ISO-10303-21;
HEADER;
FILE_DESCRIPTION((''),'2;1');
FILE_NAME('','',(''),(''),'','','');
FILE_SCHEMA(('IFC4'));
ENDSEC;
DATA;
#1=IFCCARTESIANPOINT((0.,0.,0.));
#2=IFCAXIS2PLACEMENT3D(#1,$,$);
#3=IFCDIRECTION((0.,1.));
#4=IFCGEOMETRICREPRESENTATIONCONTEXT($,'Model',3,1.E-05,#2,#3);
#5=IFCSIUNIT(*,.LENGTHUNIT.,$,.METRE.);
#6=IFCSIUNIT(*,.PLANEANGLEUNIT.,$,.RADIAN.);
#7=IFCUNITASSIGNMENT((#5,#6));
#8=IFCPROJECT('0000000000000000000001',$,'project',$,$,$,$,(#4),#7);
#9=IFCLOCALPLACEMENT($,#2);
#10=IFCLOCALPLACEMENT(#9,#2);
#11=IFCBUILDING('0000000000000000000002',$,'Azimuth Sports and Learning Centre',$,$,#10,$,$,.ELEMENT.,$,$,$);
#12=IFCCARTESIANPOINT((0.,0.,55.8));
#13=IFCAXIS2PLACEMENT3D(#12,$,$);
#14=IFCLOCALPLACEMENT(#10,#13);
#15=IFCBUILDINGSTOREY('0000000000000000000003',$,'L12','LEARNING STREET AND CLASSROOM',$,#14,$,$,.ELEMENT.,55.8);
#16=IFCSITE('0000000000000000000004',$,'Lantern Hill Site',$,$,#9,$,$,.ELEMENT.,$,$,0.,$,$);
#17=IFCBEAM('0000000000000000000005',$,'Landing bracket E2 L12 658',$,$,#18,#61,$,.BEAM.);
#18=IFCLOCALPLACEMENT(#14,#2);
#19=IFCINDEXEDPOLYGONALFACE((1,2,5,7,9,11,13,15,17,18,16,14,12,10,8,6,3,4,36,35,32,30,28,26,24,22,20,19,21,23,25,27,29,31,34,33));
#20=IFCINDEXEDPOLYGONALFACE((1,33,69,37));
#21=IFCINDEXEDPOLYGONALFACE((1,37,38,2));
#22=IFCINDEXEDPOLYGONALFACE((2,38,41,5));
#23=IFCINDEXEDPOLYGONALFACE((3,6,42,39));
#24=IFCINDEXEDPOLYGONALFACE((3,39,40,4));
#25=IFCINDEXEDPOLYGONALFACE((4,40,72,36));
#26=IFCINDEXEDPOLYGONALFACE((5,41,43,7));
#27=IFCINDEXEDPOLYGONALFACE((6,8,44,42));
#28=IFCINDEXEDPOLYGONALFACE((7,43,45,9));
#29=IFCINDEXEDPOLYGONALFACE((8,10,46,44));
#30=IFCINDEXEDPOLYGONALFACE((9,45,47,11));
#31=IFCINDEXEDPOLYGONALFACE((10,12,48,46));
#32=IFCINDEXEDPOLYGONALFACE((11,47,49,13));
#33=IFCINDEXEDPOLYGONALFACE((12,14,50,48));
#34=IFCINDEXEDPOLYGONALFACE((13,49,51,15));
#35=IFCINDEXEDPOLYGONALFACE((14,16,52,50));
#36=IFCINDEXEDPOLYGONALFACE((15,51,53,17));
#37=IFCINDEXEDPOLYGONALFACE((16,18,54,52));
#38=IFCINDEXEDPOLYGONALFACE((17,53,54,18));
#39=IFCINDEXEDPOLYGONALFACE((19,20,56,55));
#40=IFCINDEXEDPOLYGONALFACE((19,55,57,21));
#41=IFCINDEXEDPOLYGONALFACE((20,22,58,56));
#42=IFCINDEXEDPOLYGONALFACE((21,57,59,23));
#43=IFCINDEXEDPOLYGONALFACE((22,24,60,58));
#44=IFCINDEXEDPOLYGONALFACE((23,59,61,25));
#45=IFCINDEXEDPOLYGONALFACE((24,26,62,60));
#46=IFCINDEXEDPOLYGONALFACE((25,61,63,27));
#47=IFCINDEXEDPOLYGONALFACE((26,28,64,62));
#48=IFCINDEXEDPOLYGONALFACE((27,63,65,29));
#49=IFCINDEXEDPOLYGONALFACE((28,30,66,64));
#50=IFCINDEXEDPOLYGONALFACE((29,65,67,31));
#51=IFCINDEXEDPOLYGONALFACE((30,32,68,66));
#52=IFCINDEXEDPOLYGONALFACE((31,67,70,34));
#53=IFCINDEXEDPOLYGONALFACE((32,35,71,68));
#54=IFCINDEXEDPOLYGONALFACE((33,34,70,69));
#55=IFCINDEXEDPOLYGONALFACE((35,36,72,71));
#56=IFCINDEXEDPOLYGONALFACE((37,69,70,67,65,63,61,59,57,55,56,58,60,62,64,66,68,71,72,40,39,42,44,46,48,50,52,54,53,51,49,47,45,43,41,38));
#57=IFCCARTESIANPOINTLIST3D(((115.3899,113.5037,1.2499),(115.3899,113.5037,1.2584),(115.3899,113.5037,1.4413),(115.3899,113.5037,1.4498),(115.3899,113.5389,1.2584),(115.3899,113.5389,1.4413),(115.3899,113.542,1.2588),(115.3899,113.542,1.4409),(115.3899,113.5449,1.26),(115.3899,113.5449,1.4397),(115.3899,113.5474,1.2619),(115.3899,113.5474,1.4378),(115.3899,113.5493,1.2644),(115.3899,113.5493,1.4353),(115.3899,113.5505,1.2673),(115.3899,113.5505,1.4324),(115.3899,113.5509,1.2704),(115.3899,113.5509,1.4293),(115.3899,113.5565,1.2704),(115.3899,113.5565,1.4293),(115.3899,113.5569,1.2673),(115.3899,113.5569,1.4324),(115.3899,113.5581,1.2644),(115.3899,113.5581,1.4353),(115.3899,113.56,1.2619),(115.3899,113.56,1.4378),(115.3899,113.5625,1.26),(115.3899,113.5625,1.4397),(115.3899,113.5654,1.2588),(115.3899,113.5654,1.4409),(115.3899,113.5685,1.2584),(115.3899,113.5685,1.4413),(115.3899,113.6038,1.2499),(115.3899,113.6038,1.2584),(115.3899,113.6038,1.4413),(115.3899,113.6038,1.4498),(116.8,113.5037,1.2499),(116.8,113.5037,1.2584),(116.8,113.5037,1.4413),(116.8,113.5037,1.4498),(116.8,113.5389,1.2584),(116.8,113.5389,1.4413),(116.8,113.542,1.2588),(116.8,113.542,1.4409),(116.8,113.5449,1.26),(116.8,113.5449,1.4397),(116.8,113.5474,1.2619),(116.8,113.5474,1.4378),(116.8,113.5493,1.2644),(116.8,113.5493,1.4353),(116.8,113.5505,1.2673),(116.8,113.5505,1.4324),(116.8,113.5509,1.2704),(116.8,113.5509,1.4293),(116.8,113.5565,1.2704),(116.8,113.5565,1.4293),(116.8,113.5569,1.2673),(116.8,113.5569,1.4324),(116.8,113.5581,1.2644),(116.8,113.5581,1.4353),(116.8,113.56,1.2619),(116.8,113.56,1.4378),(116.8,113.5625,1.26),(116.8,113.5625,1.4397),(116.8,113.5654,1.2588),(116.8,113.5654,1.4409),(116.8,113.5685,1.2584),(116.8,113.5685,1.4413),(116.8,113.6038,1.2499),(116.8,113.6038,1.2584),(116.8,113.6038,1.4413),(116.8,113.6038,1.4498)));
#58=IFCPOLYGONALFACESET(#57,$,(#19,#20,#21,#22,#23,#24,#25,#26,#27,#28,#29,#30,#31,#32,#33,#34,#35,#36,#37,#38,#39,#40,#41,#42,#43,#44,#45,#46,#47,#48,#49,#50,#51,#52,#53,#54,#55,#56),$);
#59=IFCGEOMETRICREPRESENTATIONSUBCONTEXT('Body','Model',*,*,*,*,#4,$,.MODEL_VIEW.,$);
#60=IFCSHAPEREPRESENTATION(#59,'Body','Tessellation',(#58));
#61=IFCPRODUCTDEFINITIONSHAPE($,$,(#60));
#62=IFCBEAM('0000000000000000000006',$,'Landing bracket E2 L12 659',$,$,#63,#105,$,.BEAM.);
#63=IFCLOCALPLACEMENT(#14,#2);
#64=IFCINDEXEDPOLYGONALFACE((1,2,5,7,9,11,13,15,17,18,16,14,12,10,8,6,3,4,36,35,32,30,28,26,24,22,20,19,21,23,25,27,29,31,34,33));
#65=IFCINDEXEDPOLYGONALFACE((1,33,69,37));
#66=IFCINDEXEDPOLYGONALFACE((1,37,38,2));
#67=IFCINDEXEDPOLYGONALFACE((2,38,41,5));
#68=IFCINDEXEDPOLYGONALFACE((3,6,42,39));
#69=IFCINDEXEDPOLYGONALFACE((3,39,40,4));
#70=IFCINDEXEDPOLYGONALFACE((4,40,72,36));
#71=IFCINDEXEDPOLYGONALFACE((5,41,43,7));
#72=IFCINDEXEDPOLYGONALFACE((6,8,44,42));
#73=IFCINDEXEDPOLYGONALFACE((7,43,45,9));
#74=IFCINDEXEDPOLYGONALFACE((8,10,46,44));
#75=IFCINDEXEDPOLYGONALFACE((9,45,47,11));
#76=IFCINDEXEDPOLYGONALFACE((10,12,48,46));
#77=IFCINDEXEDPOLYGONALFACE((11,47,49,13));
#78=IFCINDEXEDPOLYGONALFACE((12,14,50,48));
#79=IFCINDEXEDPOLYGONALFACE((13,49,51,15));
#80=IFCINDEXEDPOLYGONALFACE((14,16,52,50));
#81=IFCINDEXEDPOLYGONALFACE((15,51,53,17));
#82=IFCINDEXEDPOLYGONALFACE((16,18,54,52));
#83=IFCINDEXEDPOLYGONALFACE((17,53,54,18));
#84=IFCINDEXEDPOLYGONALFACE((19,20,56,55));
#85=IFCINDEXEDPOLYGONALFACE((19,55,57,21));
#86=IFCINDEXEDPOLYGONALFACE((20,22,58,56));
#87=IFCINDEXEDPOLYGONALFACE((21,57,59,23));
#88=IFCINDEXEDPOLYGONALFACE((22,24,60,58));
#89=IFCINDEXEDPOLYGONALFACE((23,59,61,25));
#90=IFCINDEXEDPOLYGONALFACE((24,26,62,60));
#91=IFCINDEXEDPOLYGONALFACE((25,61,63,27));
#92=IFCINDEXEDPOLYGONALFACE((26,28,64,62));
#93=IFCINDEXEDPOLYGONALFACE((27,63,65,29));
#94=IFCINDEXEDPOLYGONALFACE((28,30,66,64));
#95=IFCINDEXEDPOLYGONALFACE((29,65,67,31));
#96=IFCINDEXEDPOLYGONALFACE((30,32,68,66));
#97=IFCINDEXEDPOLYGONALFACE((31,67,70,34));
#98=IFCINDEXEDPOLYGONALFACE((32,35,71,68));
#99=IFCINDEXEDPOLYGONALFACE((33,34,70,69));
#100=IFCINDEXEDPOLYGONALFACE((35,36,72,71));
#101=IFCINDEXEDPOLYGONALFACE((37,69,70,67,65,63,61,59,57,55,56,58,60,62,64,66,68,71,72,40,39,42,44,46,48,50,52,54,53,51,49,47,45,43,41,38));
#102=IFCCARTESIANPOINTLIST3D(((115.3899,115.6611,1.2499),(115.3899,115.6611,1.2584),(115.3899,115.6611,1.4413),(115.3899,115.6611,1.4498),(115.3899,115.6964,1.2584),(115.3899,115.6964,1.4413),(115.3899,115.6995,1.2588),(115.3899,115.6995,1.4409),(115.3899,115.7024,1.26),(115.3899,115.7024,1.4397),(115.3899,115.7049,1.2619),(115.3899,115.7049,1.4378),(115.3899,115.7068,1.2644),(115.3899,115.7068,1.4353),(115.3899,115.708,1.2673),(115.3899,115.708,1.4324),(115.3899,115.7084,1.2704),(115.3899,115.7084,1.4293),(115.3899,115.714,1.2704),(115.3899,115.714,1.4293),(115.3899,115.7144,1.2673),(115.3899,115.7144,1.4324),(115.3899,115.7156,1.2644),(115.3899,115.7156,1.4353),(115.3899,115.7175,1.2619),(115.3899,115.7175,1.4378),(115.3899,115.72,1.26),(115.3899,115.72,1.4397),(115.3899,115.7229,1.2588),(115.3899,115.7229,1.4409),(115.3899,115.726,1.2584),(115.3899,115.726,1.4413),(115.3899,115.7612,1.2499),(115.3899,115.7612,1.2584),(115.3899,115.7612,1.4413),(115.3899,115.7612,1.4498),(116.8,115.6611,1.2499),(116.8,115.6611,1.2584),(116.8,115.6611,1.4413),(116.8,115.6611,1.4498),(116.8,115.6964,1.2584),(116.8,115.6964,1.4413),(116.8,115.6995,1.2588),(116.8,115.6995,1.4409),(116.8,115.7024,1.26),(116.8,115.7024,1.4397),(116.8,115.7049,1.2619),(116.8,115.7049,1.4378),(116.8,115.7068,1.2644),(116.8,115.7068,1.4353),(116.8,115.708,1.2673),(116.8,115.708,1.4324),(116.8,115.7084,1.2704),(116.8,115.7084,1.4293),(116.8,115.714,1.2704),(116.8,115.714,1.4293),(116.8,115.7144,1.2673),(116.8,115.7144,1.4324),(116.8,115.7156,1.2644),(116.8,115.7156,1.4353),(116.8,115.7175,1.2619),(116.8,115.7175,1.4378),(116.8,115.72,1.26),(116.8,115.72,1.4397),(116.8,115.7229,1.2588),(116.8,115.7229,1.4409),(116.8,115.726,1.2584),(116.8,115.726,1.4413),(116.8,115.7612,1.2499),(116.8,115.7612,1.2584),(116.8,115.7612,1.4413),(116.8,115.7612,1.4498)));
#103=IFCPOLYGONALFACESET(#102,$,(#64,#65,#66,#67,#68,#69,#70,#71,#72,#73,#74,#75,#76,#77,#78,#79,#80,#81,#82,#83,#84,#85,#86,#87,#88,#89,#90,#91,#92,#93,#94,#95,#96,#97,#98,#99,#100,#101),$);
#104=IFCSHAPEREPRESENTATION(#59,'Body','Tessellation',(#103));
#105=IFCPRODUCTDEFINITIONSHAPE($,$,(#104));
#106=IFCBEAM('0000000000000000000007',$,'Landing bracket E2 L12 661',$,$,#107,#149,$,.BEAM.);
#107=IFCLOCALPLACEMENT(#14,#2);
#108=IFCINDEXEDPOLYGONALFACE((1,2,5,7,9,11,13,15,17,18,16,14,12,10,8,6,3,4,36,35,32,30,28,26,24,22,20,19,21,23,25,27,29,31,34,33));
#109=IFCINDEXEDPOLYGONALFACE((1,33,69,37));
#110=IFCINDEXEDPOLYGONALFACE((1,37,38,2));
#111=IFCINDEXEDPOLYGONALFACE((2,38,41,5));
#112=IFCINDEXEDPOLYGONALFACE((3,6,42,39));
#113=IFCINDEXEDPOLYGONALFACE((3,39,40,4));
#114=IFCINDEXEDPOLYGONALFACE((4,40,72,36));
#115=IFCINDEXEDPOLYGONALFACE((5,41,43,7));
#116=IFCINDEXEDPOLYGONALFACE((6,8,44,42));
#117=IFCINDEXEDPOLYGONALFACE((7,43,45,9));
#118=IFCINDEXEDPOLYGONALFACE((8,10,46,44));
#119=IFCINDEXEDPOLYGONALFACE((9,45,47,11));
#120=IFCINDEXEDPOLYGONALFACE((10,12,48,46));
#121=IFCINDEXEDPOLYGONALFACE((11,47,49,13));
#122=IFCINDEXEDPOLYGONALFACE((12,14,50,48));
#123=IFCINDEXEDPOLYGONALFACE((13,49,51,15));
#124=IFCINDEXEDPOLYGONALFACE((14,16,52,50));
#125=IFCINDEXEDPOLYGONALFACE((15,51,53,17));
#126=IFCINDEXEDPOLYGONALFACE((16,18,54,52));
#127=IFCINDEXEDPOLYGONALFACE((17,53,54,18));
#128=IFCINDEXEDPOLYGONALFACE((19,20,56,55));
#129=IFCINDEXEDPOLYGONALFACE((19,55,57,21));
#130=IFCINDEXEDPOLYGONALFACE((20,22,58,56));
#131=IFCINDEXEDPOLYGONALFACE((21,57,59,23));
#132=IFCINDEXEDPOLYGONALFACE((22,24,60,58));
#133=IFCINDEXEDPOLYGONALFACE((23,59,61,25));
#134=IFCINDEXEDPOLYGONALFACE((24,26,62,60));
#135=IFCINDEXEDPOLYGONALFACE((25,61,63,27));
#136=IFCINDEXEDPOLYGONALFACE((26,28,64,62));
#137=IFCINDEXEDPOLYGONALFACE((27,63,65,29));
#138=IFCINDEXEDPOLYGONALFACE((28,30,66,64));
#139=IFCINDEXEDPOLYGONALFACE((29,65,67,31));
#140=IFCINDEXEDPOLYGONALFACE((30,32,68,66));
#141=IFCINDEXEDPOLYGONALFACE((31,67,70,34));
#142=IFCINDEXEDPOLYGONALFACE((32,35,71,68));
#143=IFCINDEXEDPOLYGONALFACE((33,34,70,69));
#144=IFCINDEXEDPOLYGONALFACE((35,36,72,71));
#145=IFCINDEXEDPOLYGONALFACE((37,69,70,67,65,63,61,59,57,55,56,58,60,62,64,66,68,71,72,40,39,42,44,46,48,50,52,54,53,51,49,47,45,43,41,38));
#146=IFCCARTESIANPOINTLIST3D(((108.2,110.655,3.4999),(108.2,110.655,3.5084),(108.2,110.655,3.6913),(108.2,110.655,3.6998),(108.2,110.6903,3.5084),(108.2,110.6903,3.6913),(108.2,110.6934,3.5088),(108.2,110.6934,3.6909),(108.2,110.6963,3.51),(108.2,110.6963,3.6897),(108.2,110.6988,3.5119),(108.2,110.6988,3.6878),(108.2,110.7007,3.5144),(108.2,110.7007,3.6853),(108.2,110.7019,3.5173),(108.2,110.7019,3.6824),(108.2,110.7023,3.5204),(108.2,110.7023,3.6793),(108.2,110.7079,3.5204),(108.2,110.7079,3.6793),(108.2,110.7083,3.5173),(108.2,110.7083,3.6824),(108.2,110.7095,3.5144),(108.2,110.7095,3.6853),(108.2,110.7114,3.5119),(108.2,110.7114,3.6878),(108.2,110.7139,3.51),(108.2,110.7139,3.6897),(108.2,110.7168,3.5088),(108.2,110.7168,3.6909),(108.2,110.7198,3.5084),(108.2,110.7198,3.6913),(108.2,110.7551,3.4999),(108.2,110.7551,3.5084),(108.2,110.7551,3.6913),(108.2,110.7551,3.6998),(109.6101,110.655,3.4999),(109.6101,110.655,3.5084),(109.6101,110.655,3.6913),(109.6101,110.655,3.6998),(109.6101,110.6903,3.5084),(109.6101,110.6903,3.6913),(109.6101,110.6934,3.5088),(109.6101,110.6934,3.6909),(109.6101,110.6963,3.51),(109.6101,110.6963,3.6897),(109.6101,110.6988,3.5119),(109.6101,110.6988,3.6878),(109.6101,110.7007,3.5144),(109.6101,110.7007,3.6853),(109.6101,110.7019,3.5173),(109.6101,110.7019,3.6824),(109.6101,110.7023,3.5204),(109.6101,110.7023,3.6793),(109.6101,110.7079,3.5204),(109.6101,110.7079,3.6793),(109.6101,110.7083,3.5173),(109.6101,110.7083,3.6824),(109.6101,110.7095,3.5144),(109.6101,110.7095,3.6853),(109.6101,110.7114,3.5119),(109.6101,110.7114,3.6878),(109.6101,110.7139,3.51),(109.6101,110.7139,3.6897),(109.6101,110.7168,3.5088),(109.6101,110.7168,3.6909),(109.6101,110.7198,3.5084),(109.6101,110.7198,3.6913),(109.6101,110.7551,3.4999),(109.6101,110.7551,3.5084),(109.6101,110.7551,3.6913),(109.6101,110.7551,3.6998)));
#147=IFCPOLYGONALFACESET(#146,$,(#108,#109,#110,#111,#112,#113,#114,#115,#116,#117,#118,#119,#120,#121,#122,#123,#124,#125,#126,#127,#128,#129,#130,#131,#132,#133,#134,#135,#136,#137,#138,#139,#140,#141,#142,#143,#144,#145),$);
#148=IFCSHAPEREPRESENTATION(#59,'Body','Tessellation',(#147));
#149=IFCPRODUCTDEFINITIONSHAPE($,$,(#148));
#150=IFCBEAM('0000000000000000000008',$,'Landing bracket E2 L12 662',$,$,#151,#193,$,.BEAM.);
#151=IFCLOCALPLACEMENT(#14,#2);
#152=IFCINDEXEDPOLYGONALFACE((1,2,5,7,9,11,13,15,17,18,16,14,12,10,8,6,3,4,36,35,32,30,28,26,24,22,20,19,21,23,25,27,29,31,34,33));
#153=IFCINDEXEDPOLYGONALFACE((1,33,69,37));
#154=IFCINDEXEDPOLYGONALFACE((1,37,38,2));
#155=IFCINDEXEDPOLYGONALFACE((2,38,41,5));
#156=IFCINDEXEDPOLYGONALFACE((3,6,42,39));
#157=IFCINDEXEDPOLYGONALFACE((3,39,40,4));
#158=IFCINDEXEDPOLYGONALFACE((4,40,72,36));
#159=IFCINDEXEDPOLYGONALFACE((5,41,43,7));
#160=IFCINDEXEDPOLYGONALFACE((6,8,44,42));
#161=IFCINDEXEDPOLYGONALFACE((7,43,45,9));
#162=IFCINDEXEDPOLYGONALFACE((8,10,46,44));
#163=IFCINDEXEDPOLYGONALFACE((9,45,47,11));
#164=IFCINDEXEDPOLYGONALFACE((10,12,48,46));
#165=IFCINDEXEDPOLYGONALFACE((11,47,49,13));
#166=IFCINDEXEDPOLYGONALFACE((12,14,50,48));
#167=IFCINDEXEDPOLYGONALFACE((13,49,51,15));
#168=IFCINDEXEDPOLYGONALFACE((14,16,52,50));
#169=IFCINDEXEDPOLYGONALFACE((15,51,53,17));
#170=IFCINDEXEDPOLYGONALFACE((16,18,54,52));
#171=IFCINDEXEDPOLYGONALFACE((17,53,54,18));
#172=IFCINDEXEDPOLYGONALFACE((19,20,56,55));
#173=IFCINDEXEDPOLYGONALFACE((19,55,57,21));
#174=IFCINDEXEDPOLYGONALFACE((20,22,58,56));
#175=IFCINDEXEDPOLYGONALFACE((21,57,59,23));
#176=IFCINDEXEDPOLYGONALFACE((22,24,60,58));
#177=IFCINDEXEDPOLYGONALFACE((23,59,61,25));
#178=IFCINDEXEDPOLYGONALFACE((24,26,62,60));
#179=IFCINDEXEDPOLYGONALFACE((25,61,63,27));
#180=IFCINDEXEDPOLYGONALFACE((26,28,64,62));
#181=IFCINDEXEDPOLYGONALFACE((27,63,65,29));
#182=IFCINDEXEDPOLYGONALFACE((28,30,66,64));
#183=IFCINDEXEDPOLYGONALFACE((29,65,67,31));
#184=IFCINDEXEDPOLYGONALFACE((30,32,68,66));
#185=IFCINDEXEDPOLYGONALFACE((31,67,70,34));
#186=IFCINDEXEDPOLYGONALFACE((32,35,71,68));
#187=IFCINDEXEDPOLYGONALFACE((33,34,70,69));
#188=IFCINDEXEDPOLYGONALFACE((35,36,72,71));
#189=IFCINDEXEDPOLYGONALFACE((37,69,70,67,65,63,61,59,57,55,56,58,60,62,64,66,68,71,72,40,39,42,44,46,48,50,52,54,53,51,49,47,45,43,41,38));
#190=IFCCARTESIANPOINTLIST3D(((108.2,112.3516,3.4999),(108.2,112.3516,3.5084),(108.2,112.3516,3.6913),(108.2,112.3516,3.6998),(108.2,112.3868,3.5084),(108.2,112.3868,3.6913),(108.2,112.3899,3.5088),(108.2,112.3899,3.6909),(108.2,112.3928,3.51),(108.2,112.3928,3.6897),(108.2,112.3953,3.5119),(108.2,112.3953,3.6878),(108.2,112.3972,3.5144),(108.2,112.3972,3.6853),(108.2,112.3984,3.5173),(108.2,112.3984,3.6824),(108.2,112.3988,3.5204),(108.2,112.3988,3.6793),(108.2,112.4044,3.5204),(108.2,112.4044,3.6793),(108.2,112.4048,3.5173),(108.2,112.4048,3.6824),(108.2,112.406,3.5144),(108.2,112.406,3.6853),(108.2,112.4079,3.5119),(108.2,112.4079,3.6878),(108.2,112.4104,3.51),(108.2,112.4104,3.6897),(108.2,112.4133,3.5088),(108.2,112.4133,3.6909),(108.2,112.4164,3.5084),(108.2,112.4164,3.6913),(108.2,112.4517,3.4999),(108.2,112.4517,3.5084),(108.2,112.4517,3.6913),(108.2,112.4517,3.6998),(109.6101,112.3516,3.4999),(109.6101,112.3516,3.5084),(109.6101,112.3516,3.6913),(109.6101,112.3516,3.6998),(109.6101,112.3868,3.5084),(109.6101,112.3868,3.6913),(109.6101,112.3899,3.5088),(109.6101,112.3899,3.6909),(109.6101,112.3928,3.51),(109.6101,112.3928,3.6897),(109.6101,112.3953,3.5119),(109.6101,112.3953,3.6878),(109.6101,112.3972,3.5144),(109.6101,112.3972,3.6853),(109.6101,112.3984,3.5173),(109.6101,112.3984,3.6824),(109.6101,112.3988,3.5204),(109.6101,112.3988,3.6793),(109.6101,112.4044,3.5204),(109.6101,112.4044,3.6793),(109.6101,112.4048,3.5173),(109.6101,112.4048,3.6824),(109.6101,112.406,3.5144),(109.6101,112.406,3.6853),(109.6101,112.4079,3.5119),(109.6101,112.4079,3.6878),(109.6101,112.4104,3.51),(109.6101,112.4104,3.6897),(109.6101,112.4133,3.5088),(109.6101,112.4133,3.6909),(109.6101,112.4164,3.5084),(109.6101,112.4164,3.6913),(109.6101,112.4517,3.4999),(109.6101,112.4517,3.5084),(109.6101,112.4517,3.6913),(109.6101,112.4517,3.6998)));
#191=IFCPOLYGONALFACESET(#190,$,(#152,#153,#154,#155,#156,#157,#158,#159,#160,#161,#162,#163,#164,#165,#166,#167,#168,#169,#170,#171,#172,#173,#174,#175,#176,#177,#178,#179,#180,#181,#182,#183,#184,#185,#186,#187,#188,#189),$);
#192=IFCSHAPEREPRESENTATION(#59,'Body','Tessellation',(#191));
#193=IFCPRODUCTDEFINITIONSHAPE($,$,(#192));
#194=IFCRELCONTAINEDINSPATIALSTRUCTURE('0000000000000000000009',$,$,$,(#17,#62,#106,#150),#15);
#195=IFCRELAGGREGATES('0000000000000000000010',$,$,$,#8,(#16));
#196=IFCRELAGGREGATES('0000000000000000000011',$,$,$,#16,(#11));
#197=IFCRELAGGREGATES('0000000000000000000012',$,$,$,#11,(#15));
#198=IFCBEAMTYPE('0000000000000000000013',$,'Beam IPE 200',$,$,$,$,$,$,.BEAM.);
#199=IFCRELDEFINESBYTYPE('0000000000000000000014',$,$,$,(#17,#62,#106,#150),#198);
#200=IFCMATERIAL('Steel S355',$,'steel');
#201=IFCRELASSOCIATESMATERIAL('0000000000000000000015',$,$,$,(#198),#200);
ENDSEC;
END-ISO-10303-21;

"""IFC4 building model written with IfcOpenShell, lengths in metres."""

from ifc_helpers import new_model, si_unit, direction, frame, origin, origin_2d, place, context, subcontext, project, spatial, i_section, extrude, material, material_profile, profile_set, type_object, element, save


model = new_model("IFC4")

# Units and contexts
model_context = context("Model", 3, precision=1e-05, world=origin(), true_north=direction((0.0, 1.0)))
body_context = subcontext(model_context, "Body", "Model", "MODEL_VIEW")
ifc_project = project(units=[si_unit("LENGTHUNIT", "METRE"), si_unit("PLANEANGLEUNIT", "RADIAN")], contexts=[model_context])

# Site, building, storey
site_placement = place(None, origin())
site = spatial("IfcSite", under=ifc_project, at=site_placement, Name="Lantern Hill Site", CompositionType="ELEMENT", RefElevation=0.0)
building_placement = place(site_placement, origin())
building = spatial("IfcBuilding", under=site, at=building_placement, Name="Azimuth Sports and Learning Centre", CompositionType="ELEMENT")
storey_placement = place(building_placement, frame((0.0, 0.0, 55.8)))
storey = spatial("IfcBuildingStorey", under=building, at=storey_placement, Name="L12", Description="LEARNING STREET AND CLASSROOM", CompositionType="ELEMENT", Elevation=55.8)

# Beams
ifc_material_1 = material(Name="Steel S355", Category="steel")
ifc_material_profile_1 = material_profile(ifc_material_1, i_section(OverallWidth=0.1001, OverallDepth=0.2, WebThickness=0.0056, FlangeThickness=0.0085, FilletRadius=0.012, at=origin_2d()), Name="IPE 200")
ifc_profile_set_1 = profile_set([ifc_material_profile_1], Name="Steel S355")
beam_type_1 = type_object("IfcBeamType", Name="Beam IPE 200", PredefinedType="BEAM", material=ifc_profile_set_1)
for number, where, z_axis, x_axis, name in (
    (1, (116.8, 113.5537, 1.3499), (-1.0, 0.0, 0.0), (0.0, -1.0, 0.0), "Landing bracket E2 L12 658"),
    (2, (116.8, 115.7112, 1.3499), (-1.0, 0.0, 0.0), (0.0, -1.0, 0.0), "Landing bracket E2 L12 659"),
    (3, (108.2, 110.7051, 3.5999), (1.0, 0.0, 0.0), (0.0, 1.0, 0.0), "Landing bracket E2 L12 661"),
    (4, (108.2, 112.4016, 3.5999), (1.0, 0.0, 0.0), (0.0, 1.0, 0.0), "Landing bracket E2 L12 662"),
):
    element("IfcBeam", number, at=place(storey_placement, frame(where, z_axis=z_axis, x_axis=x_axis)), inside=storey, type_object=beam_type_1, Name=name, PredefinedType="BEAM", context=body_context, shape_type="SweptSolid", body=[
        extrude(i_section(OverallWidth=0.1001, OverallDepth=0.2, WebThickness=0.0056, FlangeThickness=0.0085, FilletRadius=0.012, at=origin_2d()), origin(), (0.0, 0.0, 1.0), 1.4102),
    ])

save(model, "model.ifc")
